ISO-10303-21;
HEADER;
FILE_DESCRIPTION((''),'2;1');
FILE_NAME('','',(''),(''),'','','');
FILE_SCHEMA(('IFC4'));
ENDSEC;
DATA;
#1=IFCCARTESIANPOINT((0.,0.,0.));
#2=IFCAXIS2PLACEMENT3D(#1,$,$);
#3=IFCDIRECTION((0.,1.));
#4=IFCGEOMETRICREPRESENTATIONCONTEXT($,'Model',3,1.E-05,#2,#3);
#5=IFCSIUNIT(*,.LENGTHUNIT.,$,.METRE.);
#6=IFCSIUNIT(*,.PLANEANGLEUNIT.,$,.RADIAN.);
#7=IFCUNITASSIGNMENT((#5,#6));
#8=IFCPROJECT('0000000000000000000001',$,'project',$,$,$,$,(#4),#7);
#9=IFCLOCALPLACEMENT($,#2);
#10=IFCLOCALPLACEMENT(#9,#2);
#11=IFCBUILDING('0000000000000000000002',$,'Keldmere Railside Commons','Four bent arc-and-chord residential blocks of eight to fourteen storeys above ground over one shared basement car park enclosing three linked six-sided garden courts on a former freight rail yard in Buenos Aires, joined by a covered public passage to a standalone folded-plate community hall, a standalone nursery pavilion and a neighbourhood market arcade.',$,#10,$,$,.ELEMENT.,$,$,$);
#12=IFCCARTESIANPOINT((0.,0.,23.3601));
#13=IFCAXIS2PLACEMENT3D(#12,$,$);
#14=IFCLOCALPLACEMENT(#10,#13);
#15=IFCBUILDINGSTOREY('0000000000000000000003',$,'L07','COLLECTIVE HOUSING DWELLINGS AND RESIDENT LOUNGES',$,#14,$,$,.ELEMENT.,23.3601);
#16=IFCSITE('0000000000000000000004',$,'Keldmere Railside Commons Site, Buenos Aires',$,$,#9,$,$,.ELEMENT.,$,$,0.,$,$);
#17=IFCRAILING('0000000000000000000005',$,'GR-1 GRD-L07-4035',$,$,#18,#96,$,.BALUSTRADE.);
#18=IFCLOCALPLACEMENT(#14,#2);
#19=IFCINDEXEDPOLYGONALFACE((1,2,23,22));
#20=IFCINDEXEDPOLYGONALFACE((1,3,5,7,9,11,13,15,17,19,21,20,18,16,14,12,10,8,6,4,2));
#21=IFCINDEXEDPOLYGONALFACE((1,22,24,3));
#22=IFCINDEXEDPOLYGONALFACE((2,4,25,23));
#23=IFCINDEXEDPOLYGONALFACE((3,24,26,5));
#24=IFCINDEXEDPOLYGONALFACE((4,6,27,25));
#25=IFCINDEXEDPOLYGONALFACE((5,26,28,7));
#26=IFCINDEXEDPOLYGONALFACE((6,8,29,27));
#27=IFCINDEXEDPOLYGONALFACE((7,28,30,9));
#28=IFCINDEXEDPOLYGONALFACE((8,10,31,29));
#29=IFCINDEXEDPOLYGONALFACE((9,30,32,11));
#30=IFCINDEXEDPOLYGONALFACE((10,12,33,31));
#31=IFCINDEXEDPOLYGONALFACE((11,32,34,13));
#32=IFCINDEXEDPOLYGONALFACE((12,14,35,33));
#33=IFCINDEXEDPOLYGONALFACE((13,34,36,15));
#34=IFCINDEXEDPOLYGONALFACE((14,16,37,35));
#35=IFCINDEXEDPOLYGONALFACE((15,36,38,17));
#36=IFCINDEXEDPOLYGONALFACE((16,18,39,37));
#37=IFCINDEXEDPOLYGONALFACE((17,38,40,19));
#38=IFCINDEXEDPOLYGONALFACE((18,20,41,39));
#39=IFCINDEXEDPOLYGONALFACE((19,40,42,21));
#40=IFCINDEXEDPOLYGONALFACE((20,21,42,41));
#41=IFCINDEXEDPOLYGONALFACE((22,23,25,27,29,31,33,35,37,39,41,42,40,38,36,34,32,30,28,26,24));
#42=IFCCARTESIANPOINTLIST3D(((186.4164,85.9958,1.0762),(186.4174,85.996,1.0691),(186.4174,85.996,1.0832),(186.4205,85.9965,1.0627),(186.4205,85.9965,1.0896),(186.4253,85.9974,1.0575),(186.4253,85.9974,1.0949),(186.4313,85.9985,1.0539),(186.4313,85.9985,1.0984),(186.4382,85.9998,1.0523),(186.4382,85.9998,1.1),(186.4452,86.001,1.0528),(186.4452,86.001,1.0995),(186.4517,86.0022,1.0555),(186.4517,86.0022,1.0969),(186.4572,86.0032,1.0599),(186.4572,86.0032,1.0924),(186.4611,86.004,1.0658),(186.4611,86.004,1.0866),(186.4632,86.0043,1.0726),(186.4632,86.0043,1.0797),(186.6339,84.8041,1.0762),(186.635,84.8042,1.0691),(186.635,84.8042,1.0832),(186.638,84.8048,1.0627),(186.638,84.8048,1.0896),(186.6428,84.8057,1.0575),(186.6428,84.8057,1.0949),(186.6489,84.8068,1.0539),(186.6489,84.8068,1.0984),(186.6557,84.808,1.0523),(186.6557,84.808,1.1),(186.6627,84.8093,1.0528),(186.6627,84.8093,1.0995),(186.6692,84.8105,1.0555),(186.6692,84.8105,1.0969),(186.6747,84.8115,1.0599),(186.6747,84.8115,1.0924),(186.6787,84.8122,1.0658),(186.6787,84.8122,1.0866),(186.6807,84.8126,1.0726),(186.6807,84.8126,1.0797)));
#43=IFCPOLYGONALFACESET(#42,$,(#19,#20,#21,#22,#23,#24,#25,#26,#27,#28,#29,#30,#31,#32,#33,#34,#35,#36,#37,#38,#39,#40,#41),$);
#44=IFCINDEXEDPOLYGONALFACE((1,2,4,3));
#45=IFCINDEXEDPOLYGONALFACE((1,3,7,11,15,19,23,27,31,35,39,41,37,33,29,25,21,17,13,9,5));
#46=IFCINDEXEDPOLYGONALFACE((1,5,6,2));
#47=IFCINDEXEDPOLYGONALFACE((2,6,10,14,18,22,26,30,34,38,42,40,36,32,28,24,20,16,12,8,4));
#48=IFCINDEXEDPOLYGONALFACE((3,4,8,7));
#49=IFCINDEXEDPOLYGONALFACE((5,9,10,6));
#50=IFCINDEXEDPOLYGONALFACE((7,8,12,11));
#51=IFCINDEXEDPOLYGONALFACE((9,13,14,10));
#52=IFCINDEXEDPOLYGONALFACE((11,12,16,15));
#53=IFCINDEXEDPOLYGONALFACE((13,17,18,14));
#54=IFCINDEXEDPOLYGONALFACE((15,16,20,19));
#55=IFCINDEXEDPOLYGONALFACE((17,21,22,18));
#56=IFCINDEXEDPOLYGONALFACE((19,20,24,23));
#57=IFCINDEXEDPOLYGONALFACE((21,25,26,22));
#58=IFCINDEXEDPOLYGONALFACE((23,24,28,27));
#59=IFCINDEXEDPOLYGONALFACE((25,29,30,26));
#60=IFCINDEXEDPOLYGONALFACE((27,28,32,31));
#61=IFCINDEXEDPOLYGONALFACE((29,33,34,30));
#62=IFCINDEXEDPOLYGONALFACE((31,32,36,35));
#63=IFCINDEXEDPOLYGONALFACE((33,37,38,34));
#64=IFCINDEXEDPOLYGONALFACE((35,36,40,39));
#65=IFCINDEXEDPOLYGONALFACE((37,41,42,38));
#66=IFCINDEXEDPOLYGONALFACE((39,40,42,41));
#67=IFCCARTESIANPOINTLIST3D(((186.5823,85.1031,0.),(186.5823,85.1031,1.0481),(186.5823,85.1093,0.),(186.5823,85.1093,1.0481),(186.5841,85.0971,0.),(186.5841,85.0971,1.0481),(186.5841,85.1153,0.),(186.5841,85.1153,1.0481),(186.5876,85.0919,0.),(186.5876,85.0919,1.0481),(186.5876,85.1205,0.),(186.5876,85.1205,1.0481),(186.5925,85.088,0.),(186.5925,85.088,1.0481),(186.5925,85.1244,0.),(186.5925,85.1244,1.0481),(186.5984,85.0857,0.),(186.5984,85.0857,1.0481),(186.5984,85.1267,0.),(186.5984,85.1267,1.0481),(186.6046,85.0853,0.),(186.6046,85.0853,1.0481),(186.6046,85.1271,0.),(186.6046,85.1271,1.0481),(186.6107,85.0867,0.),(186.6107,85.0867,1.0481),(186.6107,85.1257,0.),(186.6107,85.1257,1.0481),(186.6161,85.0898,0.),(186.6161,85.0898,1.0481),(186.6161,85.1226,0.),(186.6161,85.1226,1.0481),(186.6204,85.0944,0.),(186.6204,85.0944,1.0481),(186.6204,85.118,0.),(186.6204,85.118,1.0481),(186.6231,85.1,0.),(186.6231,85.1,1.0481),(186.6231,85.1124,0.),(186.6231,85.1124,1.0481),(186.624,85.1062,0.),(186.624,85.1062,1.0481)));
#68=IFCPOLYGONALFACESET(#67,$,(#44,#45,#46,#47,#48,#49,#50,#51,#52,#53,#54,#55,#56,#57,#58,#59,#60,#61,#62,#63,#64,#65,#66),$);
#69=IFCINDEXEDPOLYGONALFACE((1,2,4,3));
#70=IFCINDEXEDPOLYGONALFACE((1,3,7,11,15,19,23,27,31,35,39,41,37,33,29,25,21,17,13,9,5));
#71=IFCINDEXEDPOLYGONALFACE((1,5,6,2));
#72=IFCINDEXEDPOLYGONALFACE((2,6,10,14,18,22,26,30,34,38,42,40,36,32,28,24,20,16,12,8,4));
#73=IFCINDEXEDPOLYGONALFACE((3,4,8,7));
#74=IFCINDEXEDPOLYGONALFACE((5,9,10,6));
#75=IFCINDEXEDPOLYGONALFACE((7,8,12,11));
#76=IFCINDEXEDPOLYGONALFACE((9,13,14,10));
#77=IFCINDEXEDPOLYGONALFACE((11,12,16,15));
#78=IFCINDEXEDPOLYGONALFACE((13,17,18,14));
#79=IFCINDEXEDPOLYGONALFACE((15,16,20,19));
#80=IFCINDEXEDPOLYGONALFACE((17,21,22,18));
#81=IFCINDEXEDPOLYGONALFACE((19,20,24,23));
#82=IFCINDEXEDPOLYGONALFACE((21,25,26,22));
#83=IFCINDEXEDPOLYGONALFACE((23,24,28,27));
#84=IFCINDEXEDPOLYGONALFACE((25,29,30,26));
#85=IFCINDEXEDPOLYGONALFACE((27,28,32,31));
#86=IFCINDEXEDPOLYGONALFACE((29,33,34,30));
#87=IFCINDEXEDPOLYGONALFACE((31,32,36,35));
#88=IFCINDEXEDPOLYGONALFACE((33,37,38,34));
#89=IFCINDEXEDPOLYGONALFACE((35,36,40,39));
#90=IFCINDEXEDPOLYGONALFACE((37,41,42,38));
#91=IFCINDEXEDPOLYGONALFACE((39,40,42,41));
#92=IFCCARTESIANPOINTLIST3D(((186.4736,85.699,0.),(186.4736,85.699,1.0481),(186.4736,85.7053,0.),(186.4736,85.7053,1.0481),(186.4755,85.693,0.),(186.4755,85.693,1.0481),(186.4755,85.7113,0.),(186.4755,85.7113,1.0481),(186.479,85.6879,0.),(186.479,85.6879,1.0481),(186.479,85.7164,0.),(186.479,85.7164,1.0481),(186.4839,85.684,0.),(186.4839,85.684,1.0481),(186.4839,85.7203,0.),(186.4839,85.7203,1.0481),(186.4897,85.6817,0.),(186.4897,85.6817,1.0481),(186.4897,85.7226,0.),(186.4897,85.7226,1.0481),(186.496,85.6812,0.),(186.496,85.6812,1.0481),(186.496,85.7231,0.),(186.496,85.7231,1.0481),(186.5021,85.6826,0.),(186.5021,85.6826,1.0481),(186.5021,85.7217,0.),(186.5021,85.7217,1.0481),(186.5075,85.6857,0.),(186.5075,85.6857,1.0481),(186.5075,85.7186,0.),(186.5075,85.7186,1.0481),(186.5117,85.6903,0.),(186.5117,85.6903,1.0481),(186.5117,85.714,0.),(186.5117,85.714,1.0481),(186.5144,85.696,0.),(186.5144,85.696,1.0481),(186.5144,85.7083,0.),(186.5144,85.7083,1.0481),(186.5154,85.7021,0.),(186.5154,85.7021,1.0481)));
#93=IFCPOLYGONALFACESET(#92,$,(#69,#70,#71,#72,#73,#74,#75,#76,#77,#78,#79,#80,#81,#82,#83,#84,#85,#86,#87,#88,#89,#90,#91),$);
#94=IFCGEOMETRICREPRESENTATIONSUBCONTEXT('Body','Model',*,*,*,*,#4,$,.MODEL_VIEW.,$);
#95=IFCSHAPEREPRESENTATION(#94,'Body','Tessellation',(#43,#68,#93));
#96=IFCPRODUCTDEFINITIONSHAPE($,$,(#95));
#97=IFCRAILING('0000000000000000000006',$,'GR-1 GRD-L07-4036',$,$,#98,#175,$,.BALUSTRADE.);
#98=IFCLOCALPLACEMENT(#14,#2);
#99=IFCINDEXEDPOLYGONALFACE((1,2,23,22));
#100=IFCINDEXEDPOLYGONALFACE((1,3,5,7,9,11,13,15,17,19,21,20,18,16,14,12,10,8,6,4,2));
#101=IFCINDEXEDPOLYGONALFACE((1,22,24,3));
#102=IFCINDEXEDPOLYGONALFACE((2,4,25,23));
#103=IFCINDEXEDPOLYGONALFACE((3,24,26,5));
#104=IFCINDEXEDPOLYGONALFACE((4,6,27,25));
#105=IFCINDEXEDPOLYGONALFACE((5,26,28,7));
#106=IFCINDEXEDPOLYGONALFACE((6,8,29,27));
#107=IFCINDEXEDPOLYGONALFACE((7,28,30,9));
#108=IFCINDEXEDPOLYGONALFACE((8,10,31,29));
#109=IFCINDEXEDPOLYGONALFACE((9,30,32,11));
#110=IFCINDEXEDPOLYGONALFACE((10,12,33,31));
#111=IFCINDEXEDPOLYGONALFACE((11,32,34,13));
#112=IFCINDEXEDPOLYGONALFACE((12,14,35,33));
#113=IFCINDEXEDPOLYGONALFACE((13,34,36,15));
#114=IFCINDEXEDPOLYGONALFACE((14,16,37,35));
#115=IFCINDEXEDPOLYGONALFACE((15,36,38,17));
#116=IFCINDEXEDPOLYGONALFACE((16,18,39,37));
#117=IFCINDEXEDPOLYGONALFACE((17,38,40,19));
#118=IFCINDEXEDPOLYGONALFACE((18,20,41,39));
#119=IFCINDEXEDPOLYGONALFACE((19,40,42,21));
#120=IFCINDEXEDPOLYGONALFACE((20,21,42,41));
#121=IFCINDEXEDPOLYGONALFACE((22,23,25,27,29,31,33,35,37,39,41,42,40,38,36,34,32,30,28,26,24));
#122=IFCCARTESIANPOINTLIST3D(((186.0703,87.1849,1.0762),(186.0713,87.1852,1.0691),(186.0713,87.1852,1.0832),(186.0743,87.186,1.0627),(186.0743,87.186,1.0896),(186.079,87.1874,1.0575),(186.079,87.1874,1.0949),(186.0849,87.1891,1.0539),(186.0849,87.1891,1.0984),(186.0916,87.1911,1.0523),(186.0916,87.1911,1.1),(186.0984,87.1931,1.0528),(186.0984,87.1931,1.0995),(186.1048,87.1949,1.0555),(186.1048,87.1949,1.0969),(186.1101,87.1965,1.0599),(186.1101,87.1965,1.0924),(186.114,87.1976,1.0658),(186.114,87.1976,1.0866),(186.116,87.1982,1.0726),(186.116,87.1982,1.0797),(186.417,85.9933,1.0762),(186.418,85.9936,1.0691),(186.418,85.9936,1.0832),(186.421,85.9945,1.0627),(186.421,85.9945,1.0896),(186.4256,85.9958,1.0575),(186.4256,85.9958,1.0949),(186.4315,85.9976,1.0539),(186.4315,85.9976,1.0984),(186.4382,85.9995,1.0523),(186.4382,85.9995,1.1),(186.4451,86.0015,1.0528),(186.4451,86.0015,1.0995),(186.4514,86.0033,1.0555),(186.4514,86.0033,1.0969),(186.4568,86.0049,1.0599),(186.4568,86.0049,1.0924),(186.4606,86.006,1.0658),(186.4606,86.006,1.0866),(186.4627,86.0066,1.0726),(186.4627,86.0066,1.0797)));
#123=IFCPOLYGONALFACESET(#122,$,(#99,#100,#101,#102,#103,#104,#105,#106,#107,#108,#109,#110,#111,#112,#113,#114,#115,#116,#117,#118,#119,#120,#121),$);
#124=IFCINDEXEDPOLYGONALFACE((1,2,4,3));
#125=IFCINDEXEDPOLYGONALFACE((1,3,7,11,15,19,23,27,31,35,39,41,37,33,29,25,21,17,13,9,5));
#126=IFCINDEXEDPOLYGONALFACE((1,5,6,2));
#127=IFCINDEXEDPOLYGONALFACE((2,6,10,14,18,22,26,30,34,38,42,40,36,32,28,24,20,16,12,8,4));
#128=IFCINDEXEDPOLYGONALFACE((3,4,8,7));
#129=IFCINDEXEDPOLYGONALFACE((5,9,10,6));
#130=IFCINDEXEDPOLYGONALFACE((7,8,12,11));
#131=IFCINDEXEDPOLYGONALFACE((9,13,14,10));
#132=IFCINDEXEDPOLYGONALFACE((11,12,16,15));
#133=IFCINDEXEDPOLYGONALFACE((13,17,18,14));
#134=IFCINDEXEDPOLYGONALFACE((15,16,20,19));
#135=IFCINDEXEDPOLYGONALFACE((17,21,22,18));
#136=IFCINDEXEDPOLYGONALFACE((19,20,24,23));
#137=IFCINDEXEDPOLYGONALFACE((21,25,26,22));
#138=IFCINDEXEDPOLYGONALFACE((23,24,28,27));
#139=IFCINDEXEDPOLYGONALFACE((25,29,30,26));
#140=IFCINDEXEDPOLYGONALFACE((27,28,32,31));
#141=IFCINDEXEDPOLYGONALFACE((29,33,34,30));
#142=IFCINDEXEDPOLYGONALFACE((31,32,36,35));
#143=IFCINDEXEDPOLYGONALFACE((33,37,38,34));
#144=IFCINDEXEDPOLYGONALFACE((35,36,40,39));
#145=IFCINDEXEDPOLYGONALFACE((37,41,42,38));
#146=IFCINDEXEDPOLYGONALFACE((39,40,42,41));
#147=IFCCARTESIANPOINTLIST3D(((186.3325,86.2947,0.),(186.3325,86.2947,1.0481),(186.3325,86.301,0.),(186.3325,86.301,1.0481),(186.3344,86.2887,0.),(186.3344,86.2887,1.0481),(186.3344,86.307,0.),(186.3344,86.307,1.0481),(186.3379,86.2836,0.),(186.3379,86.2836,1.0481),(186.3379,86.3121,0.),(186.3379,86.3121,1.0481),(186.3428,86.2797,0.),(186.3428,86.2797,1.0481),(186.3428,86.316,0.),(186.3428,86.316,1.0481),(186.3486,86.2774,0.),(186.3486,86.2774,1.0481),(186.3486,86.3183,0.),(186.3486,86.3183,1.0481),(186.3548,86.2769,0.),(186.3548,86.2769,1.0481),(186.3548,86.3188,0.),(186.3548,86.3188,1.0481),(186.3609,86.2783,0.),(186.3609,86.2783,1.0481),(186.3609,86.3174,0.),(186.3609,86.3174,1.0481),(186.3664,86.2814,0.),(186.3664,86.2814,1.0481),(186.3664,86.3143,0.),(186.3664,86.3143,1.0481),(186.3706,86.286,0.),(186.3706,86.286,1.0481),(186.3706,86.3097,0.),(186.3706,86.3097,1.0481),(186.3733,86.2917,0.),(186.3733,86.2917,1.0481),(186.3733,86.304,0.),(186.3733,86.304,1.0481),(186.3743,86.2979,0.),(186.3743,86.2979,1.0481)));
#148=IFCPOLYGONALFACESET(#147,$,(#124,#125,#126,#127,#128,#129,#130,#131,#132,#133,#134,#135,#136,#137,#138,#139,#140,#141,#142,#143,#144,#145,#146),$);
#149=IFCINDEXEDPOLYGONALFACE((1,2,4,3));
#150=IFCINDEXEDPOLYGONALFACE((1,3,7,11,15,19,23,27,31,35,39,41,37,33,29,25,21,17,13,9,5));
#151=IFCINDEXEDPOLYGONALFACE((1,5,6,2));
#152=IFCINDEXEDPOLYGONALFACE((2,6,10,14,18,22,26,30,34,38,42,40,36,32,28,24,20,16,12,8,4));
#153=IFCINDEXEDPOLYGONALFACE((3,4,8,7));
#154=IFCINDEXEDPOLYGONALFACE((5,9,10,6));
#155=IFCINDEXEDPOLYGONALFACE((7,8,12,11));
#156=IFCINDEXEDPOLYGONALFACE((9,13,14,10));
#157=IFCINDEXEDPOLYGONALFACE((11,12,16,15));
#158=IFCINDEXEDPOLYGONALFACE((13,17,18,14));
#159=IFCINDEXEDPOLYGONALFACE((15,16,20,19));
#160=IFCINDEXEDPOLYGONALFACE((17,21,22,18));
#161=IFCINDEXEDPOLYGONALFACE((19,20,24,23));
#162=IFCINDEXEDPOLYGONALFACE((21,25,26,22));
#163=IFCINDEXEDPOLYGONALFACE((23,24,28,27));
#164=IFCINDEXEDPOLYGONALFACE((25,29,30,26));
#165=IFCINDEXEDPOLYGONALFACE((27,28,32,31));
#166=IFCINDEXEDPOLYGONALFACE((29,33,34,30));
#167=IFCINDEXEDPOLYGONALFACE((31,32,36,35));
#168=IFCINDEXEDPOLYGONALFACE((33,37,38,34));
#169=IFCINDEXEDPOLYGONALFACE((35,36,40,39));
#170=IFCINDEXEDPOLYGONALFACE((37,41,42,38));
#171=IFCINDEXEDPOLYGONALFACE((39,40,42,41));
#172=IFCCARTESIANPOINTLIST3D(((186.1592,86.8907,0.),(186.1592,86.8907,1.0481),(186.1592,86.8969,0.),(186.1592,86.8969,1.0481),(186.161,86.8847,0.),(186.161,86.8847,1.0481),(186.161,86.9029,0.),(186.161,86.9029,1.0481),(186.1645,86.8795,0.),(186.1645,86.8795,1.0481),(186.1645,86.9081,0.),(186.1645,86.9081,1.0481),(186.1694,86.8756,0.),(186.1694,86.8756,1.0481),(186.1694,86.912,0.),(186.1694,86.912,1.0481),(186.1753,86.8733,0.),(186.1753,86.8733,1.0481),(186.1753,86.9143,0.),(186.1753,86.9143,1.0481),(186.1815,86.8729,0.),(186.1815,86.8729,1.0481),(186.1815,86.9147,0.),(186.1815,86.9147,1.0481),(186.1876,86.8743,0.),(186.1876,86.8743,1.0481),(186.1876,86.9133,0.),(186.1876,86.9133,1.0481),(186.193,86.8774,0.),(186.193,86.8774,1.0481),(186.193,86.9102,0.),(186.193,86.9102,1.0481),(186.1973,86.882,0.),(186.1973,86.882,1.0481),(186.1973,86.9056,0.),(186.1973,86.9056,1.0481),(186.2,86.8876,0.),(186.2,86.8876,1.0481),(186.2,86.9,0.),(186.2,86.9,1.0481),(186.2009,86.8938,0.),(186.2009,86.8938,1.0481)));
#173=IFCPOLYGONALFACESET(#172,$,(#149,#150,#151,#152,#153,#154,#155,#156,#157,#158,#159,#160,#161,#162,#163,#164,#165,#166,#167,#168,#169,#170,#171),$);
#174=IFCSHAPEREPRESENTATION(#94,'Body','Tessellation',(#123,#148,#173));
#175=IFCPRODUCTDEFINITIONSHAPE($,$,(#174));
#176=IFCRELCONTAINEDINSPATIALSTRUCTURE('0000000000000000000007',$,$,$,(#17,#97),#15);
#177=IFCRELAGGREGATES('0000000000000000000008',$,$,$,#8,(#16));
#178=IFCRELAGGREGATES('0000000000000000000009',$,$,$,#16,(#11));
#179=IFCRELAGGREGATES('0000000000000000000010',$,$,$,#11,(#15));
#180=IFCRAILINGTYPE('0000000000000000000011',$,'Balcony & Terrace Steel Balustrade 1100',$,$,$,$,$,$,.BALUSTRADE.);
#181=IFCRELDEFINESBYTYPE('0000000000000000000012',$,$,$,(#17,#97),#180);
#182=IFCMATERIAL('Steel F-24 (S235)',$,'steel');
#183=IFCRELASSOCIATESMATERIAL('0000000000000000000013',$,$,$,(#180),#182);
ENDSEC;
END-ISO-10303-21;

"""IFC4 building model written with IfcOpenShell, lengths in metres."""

from ifc_helpers import new_model, si_unit, direction, frame, origin, origin_2d, place, context, subcontext, project, spatial, circle, extrude, material, type_object, element, save


model = new_model("IFC4")

# Units and contexts
model_context = context("Model", 3, precision=1e-05, world=origin(), true_north=direction((0.0, 1.0)))
body_context = subcontext(model_context, "Body", "Model", "MODEL_VIEW")
ifc_project = project(units=[si_unit("LENGTHUNIT", "METRE"), si_unit("PLANEANGLEUNIT", "RADIAN")], contexts=[model_context])

# Site, building, storey
site_placement = place(None, origin())
site = spatial("IfcSite", under=ifc_project, at=site_placement, Name="Keldmere Railside Commons Site, Buenos Aires", CompositionType="ELEMENT", RefElevation=0.0)
building_placement = place(site_placement, origin())
building = spatial("IfcBuilding", under=site, at=building_placement, Name="Keldmere Railside Commons", Description="Four bent arc-and-chord residential blocks of eight to fourteen storeys above ground over one shared basement car park enclosing three linked six-sided garden courts on a former freight rail yard in Buenos Aires, joined by a covered public passage to a standalone folded-plate community hall, a standalone nursery pavilion and a neighbourhood market arcade.", CompositionType="ELEMENT")
storey_placement = place(building_placement, frame((0.0, 0.0, 23.3601)))
storey = spatial("IfcBuildingStorey", under=building, at=storey_placement, Name="L07", Description="COLLECTIVE HOUSING DWELLINGS AND RESIDENT LOUNGES", CompositionType="ELEMENT", Elevation=23.3601)

# Railings
ifc_material_1 = material(Name="Steel F-24 (S235)", Category="steel")
railing_type = type_object("IfcRailingType", Name="Balcony & Terrace Steel Balustrade 1100", PredefinedType="BALUSTRADE", material=ifc_material_1)
railing_1_placement = place(storey_placement, frame((186.6575, 84.8083, 0.0)))
element("IfcRailing", 1, at=railing_1_placement, inside=storey, type_object=railing_type, Name="GR-1 GRD-L07-4035", PredefinedType="BALUSTRADE", context=body_context, shape_type="SweptSolid", body=[
    extrude(circle(Radius=0.0239, at=origin_2d()), frame((0.0, 0.0, 1.0762), z_axis=(-0.179577, 0.983744, 0.0), x_axis=(-0.983744, -0.179577, 0.0)), (0.0, 0.0, 1.0), 1.2114),
    extrude(circle(Radius=0.021, at=origin_2d()), frame((-0.0544, 0.2979, 0.0)), (0.0, 0.0, 1.0), 1.0481),
    extrude(circle(Radius=0.021, at=origin_2d()), frame((-0.1631, 0.8938, 0.0)), (0.0, 0.0, 1.0), 1.0481),
])
railing_2_placement = place(storey_placement, frame((186.4399, 86.0, 0.0)))
element("IfcRailing", 2, at=railing_2_placement, inside=storey, type_object=railing_type, Name="GR-1 GRD-L07-4036", PredefinedType="BALUSTRADE", context=body_context, shape_type="SweptSolid", body=[
    extrude(circle(Radius=0.0239, at=origin_2d()), frame((0.0, 0.0, 1.0762), z_axis=(-0.279343, 0.960191, 0.0), x_axis=(-0.960191, -0.279343, 0.0)), (0.0, 0.0, 1.0), 1.241),
    extrude(circle(Radius=0.021, at=origin_2d()), frame((-0.0867, 0.2979, 0.0)), (0.0, 0.0, 1.0), 1.0481),
    extrude(circle(Radius=0.021, at=origin_2d()), frame((-0.26, 0.8938, 0.0)), (0.0, 0.0, 1.0), 1.0481),
])

save(model, "model.ifc")
